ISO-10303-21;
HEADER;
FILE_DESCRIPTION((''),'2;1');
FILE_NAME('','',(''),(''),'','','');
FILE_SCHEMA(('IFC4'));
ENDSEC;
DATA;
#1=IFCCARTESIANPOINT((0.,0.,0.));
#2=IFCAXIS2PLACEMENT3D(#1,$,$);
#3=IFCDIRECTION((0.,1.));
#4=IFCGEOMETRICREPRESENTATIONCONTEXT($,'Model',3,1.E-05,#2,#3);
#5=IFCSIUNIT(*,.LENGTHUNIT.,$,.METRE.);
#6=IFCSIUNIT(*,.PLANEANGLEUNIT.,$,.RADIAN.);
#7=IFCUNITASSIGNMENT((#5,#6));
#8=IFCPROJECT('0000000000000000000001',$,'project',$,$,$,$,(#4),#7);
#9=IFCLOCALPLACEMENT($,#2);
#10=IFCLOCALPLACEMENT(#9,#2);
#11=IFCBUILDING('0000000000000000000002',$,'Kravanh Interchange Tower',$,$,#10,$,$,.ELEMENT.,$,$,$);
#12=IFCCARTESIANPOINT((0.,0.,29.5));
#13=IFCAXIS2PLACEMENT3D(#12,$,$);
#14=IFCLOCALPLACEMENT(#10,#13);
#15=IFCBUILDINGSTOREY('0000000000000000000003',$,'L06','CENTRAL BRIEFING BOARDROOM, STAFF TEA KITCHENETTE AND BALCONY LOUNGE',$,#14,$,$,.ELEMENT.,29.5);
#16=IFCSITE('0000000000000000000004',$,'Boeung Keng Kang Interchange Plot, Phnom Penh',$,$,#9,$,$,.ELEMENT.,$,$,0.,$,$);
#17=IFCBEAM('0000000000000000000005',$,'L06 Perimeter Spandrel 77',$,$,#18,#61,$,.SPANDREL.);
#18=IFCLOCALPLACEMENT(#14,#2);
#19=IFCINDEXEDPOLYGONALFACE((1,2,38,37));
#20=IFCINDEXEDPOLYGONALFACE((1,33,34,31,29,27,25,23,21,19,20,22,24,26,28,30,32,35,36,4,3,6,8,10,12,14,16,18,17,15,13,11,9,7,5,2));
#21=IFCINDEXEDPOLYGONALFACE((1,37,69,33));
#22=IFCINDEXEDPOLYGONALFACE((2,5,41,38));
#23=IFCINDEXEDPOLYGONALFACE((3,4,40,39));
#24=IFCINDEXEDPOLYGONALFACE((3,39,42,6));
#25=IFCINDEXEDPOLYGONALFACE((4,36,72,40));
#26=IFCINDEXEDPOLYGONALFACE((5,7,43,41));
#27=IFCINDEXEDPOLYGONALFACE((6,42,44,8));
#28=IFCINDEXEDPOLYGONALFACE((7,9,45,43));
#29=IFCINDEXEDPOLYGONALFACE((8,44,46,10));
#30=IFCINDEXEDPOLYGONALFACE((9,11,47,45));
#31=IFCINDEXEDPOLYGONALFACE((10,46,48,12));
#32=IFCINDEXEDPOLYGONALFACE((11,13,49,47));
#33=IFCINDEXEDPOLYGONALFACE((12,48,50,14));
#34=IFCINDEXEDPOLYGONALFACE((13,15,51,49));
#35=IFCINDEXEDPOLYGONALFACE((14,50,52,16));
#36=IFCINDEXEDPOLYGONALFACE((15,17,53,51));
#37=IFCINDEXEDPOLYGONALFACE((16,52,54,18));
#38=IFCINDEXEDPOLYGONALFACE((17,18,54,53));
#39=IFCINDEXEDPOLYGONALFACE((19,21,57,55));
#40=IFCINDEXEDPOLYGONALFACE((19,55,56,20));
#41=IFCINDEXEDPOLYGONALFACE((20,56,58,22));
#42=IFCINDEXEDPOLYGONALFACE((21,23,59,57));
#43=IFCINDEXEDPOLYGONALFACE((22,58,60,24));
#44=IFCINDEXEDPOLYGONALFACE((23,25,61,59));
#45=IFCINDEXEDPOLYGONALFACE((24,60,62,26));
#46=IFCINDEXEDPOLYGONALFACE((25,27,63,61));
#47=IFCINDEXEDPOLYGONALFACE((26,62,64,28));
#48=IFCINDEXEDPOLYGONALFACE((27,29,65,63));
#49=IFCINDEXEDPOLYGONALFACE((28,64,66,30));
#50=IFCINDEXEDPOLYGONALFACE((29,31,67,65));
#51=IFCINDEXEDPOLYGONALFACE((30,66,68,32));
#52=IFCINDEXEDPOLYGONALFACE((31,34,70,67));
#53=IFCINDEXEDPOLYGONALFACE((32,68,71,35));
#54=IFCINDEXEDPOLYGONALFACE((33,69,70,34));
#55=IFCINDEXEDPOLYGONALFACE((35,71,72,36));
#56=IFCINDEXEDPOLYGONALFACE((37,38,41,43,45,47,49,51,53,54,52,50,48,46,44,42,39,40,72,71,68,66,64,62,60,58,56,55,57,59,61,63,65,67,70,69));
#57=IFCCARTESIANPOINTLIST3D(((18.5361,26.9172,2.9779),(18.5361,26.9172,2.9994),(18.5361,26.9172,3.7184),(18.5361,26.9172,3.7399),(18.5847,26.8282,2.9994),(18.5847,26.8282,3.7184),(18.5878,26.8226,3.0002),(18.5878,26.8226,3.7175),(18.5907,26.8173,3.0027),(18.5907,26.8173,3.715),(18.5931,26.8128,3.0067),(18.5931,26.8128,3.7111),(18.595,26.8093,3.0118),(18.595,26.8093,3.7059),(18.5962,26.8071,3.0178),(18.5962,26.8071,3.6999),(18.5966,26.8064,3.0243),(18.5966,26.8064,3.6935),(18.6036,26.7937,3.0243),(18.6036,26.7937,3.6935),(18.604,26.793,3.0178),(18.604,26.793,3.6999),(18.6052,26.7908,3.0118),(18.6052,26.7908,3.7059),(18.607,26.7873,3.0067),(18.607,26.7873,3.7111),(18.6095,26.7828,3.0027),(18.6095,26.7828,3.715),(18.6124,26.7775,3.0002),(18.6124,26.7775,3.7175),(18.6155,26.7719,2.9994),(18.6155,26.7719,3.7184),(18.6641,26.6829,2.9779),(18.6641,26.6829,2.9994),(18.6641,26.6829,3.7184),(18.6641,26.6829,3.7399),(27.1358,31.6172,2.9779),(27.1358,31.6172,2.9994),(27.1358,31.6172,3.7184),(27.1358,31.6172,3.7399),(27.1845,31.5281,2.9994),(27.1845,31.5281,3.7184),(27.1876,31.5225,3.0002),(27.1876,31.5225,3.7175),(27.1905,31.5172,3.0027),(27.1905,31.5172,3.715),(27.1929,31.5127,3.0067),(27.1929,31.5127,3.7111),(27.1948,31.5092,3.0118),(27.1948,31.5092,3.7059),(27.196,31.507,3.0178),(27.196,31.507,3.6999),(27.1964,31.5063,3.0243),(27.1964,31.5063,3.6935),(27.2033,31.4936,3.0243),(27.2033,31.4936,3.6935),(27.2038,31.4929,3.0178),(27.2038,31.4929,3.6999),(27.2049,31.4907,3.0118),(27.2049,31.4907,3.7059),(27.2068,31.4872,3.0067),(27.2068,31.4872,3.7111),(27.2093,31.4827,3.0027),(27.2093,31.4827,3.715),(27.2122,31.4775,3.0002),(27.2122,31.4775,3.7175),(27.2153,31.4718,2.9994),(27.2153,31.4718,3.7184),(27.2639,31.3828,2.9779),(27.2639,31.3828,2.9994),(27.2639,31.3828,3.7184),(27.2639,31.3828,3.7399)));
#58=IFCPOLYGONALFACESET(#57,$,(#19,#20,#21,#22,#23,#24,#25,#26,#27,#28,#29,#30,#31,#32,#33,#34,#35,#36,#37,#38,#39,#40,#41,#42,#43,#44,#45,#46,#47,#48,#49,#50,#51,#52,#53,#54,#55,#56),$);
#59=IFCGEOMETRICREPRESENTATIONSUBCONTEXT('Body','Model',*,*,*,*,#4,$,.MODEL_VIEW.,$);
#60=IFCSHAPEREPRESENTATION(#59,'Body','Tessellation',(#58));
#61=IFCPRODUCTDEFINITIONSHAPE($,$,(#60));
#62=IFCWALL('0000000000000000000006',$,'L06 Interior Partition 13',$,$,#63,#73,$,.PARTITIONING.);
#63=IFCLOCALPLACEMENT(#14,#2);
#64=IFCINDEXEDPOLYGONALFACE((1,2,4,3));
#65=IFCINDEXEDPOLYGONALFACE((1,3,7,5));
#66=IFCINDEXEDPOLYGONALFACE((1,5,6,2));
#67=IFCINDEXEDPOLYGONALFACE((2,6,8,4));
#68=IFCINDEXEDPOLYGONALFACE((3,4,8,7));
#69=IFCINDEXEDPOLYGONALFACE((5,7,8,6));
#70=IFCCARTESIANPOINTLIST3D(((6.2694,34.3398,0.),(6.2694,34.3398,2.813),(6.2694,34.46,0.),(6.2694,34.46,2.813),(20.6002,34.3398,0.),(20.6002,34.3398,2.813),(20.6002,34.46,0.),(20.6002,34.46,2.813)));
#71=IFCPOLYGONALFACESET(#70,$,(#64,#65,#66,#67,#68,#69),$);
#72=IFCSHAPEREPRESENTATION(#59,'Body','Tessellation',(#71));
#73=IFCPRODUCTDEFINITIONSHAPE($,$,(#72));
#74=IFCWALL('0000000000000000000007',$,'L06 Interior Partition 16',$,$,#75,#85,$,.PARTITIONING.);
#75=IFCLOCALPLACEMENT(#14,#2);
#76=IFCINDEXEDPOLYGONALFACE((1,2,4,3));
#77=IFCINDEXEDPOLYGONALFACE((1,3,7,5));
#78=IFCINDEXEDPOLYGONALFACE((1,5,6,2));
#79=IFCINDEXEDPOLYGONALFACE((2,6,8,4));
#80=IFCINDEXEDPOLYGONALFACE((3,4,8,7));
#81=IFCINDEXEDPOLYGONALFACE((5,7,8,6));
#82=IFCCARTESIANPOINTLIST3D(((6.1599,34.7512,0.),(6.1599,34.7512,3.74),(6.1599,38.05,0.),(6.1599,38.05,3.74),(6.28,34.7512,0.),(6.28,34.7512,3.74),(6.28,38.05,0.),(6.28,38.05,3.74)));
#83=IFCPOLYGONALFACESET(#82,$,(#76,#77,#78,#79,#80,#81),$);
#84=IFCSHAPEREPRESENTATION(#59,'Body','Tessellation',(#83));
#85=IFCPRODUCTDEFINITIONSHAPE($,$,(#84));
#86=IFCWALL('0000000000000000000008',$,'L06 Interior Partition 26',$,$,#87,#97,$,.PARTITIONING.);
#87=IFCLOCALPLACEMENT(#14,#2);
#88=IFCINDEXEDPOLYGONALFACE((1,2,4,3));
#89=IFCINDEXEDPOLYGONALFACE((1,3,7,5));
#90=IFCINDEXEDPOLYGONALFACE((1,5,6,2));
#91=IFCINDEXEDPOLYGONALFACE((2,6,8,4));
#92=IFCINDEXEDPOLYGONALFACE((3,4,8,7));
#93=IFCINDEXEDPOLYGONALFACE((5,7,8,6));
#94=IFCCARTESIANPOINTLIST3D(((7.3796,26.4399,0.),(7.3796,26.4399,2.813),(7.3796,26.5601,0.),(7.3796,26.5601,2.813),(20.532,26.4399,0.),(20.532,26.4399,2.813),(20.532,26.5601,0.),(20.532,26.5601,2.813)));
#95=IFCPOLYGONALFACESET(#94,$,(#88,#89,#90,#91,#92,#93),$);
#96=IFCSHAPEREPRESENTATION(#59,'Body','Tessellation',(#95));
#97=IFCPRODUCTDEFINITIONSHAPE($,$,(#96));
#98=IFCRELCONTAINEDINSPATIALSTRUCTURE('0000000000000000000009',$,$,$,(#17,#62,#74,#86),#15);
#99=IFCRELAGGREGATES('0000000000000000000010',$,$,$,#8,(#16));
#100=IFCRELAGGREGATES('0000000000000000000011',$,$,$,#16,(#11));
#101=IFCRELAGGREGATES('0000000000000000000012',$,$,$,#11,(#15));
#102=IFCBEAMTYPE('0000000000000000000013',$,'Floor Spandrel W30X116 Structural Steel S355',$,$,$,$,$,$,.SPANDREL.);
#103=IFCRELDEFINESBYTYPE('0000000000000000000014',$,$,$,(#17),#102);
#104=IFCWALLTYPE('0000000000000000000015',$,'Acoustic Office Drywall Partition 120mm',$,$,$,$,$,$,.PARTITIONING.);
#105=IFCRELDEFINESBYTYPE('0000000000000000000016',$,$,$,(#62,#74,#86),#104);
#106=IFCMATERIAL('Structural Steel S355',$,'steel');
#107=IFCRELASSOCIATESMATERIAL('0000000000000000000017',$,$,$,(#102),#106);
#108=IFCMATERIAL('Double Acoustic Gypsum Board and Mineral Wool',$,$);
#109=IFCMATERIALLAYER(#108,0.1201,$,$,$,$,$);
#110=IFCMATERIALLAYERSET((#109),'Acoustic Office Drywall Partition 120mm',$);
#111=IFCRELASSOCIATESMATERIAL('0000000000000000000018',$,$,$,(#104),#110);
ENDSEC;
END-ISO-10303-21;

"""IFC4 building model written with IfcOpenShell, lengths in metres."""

from ifc_helpers import new_model, si_unit, direction, frame, frame_2d, origin, origin_2d, place, context, subcontext, project, spatial, rectangle, i_section, extrude, material, layer, layer_set, material_profile, profile_set, type_object, element, save


model = new_model("IFC4")

# Units and contexts
model_context = context("Model", 3, precision=1e-05, world=origin(), true_north=direction((0.0, 1.0)))
body_context = subcontext(model_context, "Body", "Model", "MODEL_VIEW")
ifc_project = project(units=[si_unit("LENGTHUNIT", "METRE"), si_unit("PLANEANGLEUNIT", "RADIAN")], contexts=[model_context])

# Site, building, storey
site_placement = place(None, origin())
site = spatial("IfcSite", under=ifc_project, at=site_placement, Name="Boeung Keng Kang Interchange Plot, Phnom Penh", CompositionType="ELEMENT", RefElevation=0.0)
building_placement = place(site_placement, origin())
building = spatial("IfcBuilding", under=site, at=building_placement, Name="Kravanh Interchange Tower", CompositionType="ELEMENT")
storey_placement = place(building_placement, frame((0.0, 0.0, 29.5)))
storey = spatial("IfcBuildingStorey", under=building, at=storey_placement, Name="L06", Description="CENTRAL BRIEFING BOARDROOM, STAFF TEA KITCHENETTE AND BALCONY LOUNGE", CompositionType="ELEMENT", Elevation=29.5)

# Beam
ifc_material_1 = material(Name="Structural Steel S355", Category="steel")
ifc_material_profile_1 = material_profile(ifc_material_1, i_section(OverallWidth=0.2671, OverallDepth=0.762, WebThickness=0.0144, FlangeThickness=0.0215, FilletRadius=0.0249, at=origin_2d()), Name="W30X116")
ifc_profile_set_1 = profile_set([ifc_material_profile_1], Name="Structural Steel S355")
beam_type_1 = type_object("IfcBeamType", Name="Floor Spandrel W30X116 Structural Steel S355", PredefinedType="SPANDREL", material=ifc_profile_set_1)
beam_1_placement = place(storey_placement, frame((18.6001, 26.8, 3.3589), z_axis=(0.877504, 0.479569, 0.0), x_axis=(-0.479569, 0.877504, 0.0)))
element("IfcBeam", 1, at=beam_1_placement, inside=storey, type_object=beam_type_1, Name="L06 Perimeter Spandrel 77", PredefinedType="SPANDREL", context=body_context, shape_type="SweptSolid", body=[
    extrude(i_section(OverallWidth=0.2671, OverallDepth=0.762, WebThickness=0.0144, FlangeThickness=0.0215, FilletRadius=0.0249, at=origin_2d()), origin(), (0.0, 0.0, 1.0), 9.8003),
])

# Walls
ifc_material_2 = material(Name="Double Acoustic Gypsum Board and Mineral Wool")
ifc_layer = layer(ifc_material_2, 0.1201)
ifc_layer_set = layer_set([ifc_layer], Name="Acoustic Office Drywall Partition 120mm")
wall_type = type_object("IfcWallType", Name="Acoustic Office Drywall Partition 120mm", PredefinedType="PARTITIONING", material=ifc_layer_set)
wall_1_placement = place(storey_placement, frame((6.2693, 34.3999, 0.0), z_axis=(0.0, 0.0, 1.0), x_axis=(1.0, 0.0, 0.0)))
element("IfcWall", 2, at=wall_1_placement, inside=storey, type_object=wall_type, Name="L06 Interior Partition 13", PredefinedType="PARTITIONING", context=body_context, shape_type="SweptSolid", body=[
    extrude(rectangle(XDim=14.3308, YDim=0.1201, at=frame_2d((7.1655, 0.0))), origin(), (0.0, 0.0, 1.0), 2.813),
])
wall_2_placement = place(storey_placement, frame((6.22, 34.7512, 0.0), z_axis=(0.0, 0.0, 1.0), x_axis=(0.0, 1.0, 0.0)))
element("IfcWall", 3, at=wall_2_placement, inside=storey, type_object=wall_type, Name="L06 Interior Partition 16", PredefinedType="PARTITIONING", context=body_context, shape_type="SweptSolid", body=[
    extrude(rectangle(XDim=3.2988, YDim=0.1201, at=frame_2d((1.6494, 0.0))), origin(), (0.0, 0.0, 1.0), 3.74),
])
wall_3_placement = place(storey_placement, frame((7.3796, 26.5, 0.0), z_axis=(0.0, 0.0, 1.0), x_axis=(1.0, 0.0, 0.0)))
element("IfcWall", 4, at=wall_3_placement, inside=storey, type_object=wall_type, Name="L06 Interior Partition 26", PredefinedType="PARTITIONING", context=body_context, shape_type="SweptSolid", body=[
    extrude(rectangle(XDim=13.1523, YDim=0.1201, at=frame_2d((6.5762, 0.0))), origin(), (0.0, 0.0, 1.0), 2.813),
])

save(model, "model.ifc")
